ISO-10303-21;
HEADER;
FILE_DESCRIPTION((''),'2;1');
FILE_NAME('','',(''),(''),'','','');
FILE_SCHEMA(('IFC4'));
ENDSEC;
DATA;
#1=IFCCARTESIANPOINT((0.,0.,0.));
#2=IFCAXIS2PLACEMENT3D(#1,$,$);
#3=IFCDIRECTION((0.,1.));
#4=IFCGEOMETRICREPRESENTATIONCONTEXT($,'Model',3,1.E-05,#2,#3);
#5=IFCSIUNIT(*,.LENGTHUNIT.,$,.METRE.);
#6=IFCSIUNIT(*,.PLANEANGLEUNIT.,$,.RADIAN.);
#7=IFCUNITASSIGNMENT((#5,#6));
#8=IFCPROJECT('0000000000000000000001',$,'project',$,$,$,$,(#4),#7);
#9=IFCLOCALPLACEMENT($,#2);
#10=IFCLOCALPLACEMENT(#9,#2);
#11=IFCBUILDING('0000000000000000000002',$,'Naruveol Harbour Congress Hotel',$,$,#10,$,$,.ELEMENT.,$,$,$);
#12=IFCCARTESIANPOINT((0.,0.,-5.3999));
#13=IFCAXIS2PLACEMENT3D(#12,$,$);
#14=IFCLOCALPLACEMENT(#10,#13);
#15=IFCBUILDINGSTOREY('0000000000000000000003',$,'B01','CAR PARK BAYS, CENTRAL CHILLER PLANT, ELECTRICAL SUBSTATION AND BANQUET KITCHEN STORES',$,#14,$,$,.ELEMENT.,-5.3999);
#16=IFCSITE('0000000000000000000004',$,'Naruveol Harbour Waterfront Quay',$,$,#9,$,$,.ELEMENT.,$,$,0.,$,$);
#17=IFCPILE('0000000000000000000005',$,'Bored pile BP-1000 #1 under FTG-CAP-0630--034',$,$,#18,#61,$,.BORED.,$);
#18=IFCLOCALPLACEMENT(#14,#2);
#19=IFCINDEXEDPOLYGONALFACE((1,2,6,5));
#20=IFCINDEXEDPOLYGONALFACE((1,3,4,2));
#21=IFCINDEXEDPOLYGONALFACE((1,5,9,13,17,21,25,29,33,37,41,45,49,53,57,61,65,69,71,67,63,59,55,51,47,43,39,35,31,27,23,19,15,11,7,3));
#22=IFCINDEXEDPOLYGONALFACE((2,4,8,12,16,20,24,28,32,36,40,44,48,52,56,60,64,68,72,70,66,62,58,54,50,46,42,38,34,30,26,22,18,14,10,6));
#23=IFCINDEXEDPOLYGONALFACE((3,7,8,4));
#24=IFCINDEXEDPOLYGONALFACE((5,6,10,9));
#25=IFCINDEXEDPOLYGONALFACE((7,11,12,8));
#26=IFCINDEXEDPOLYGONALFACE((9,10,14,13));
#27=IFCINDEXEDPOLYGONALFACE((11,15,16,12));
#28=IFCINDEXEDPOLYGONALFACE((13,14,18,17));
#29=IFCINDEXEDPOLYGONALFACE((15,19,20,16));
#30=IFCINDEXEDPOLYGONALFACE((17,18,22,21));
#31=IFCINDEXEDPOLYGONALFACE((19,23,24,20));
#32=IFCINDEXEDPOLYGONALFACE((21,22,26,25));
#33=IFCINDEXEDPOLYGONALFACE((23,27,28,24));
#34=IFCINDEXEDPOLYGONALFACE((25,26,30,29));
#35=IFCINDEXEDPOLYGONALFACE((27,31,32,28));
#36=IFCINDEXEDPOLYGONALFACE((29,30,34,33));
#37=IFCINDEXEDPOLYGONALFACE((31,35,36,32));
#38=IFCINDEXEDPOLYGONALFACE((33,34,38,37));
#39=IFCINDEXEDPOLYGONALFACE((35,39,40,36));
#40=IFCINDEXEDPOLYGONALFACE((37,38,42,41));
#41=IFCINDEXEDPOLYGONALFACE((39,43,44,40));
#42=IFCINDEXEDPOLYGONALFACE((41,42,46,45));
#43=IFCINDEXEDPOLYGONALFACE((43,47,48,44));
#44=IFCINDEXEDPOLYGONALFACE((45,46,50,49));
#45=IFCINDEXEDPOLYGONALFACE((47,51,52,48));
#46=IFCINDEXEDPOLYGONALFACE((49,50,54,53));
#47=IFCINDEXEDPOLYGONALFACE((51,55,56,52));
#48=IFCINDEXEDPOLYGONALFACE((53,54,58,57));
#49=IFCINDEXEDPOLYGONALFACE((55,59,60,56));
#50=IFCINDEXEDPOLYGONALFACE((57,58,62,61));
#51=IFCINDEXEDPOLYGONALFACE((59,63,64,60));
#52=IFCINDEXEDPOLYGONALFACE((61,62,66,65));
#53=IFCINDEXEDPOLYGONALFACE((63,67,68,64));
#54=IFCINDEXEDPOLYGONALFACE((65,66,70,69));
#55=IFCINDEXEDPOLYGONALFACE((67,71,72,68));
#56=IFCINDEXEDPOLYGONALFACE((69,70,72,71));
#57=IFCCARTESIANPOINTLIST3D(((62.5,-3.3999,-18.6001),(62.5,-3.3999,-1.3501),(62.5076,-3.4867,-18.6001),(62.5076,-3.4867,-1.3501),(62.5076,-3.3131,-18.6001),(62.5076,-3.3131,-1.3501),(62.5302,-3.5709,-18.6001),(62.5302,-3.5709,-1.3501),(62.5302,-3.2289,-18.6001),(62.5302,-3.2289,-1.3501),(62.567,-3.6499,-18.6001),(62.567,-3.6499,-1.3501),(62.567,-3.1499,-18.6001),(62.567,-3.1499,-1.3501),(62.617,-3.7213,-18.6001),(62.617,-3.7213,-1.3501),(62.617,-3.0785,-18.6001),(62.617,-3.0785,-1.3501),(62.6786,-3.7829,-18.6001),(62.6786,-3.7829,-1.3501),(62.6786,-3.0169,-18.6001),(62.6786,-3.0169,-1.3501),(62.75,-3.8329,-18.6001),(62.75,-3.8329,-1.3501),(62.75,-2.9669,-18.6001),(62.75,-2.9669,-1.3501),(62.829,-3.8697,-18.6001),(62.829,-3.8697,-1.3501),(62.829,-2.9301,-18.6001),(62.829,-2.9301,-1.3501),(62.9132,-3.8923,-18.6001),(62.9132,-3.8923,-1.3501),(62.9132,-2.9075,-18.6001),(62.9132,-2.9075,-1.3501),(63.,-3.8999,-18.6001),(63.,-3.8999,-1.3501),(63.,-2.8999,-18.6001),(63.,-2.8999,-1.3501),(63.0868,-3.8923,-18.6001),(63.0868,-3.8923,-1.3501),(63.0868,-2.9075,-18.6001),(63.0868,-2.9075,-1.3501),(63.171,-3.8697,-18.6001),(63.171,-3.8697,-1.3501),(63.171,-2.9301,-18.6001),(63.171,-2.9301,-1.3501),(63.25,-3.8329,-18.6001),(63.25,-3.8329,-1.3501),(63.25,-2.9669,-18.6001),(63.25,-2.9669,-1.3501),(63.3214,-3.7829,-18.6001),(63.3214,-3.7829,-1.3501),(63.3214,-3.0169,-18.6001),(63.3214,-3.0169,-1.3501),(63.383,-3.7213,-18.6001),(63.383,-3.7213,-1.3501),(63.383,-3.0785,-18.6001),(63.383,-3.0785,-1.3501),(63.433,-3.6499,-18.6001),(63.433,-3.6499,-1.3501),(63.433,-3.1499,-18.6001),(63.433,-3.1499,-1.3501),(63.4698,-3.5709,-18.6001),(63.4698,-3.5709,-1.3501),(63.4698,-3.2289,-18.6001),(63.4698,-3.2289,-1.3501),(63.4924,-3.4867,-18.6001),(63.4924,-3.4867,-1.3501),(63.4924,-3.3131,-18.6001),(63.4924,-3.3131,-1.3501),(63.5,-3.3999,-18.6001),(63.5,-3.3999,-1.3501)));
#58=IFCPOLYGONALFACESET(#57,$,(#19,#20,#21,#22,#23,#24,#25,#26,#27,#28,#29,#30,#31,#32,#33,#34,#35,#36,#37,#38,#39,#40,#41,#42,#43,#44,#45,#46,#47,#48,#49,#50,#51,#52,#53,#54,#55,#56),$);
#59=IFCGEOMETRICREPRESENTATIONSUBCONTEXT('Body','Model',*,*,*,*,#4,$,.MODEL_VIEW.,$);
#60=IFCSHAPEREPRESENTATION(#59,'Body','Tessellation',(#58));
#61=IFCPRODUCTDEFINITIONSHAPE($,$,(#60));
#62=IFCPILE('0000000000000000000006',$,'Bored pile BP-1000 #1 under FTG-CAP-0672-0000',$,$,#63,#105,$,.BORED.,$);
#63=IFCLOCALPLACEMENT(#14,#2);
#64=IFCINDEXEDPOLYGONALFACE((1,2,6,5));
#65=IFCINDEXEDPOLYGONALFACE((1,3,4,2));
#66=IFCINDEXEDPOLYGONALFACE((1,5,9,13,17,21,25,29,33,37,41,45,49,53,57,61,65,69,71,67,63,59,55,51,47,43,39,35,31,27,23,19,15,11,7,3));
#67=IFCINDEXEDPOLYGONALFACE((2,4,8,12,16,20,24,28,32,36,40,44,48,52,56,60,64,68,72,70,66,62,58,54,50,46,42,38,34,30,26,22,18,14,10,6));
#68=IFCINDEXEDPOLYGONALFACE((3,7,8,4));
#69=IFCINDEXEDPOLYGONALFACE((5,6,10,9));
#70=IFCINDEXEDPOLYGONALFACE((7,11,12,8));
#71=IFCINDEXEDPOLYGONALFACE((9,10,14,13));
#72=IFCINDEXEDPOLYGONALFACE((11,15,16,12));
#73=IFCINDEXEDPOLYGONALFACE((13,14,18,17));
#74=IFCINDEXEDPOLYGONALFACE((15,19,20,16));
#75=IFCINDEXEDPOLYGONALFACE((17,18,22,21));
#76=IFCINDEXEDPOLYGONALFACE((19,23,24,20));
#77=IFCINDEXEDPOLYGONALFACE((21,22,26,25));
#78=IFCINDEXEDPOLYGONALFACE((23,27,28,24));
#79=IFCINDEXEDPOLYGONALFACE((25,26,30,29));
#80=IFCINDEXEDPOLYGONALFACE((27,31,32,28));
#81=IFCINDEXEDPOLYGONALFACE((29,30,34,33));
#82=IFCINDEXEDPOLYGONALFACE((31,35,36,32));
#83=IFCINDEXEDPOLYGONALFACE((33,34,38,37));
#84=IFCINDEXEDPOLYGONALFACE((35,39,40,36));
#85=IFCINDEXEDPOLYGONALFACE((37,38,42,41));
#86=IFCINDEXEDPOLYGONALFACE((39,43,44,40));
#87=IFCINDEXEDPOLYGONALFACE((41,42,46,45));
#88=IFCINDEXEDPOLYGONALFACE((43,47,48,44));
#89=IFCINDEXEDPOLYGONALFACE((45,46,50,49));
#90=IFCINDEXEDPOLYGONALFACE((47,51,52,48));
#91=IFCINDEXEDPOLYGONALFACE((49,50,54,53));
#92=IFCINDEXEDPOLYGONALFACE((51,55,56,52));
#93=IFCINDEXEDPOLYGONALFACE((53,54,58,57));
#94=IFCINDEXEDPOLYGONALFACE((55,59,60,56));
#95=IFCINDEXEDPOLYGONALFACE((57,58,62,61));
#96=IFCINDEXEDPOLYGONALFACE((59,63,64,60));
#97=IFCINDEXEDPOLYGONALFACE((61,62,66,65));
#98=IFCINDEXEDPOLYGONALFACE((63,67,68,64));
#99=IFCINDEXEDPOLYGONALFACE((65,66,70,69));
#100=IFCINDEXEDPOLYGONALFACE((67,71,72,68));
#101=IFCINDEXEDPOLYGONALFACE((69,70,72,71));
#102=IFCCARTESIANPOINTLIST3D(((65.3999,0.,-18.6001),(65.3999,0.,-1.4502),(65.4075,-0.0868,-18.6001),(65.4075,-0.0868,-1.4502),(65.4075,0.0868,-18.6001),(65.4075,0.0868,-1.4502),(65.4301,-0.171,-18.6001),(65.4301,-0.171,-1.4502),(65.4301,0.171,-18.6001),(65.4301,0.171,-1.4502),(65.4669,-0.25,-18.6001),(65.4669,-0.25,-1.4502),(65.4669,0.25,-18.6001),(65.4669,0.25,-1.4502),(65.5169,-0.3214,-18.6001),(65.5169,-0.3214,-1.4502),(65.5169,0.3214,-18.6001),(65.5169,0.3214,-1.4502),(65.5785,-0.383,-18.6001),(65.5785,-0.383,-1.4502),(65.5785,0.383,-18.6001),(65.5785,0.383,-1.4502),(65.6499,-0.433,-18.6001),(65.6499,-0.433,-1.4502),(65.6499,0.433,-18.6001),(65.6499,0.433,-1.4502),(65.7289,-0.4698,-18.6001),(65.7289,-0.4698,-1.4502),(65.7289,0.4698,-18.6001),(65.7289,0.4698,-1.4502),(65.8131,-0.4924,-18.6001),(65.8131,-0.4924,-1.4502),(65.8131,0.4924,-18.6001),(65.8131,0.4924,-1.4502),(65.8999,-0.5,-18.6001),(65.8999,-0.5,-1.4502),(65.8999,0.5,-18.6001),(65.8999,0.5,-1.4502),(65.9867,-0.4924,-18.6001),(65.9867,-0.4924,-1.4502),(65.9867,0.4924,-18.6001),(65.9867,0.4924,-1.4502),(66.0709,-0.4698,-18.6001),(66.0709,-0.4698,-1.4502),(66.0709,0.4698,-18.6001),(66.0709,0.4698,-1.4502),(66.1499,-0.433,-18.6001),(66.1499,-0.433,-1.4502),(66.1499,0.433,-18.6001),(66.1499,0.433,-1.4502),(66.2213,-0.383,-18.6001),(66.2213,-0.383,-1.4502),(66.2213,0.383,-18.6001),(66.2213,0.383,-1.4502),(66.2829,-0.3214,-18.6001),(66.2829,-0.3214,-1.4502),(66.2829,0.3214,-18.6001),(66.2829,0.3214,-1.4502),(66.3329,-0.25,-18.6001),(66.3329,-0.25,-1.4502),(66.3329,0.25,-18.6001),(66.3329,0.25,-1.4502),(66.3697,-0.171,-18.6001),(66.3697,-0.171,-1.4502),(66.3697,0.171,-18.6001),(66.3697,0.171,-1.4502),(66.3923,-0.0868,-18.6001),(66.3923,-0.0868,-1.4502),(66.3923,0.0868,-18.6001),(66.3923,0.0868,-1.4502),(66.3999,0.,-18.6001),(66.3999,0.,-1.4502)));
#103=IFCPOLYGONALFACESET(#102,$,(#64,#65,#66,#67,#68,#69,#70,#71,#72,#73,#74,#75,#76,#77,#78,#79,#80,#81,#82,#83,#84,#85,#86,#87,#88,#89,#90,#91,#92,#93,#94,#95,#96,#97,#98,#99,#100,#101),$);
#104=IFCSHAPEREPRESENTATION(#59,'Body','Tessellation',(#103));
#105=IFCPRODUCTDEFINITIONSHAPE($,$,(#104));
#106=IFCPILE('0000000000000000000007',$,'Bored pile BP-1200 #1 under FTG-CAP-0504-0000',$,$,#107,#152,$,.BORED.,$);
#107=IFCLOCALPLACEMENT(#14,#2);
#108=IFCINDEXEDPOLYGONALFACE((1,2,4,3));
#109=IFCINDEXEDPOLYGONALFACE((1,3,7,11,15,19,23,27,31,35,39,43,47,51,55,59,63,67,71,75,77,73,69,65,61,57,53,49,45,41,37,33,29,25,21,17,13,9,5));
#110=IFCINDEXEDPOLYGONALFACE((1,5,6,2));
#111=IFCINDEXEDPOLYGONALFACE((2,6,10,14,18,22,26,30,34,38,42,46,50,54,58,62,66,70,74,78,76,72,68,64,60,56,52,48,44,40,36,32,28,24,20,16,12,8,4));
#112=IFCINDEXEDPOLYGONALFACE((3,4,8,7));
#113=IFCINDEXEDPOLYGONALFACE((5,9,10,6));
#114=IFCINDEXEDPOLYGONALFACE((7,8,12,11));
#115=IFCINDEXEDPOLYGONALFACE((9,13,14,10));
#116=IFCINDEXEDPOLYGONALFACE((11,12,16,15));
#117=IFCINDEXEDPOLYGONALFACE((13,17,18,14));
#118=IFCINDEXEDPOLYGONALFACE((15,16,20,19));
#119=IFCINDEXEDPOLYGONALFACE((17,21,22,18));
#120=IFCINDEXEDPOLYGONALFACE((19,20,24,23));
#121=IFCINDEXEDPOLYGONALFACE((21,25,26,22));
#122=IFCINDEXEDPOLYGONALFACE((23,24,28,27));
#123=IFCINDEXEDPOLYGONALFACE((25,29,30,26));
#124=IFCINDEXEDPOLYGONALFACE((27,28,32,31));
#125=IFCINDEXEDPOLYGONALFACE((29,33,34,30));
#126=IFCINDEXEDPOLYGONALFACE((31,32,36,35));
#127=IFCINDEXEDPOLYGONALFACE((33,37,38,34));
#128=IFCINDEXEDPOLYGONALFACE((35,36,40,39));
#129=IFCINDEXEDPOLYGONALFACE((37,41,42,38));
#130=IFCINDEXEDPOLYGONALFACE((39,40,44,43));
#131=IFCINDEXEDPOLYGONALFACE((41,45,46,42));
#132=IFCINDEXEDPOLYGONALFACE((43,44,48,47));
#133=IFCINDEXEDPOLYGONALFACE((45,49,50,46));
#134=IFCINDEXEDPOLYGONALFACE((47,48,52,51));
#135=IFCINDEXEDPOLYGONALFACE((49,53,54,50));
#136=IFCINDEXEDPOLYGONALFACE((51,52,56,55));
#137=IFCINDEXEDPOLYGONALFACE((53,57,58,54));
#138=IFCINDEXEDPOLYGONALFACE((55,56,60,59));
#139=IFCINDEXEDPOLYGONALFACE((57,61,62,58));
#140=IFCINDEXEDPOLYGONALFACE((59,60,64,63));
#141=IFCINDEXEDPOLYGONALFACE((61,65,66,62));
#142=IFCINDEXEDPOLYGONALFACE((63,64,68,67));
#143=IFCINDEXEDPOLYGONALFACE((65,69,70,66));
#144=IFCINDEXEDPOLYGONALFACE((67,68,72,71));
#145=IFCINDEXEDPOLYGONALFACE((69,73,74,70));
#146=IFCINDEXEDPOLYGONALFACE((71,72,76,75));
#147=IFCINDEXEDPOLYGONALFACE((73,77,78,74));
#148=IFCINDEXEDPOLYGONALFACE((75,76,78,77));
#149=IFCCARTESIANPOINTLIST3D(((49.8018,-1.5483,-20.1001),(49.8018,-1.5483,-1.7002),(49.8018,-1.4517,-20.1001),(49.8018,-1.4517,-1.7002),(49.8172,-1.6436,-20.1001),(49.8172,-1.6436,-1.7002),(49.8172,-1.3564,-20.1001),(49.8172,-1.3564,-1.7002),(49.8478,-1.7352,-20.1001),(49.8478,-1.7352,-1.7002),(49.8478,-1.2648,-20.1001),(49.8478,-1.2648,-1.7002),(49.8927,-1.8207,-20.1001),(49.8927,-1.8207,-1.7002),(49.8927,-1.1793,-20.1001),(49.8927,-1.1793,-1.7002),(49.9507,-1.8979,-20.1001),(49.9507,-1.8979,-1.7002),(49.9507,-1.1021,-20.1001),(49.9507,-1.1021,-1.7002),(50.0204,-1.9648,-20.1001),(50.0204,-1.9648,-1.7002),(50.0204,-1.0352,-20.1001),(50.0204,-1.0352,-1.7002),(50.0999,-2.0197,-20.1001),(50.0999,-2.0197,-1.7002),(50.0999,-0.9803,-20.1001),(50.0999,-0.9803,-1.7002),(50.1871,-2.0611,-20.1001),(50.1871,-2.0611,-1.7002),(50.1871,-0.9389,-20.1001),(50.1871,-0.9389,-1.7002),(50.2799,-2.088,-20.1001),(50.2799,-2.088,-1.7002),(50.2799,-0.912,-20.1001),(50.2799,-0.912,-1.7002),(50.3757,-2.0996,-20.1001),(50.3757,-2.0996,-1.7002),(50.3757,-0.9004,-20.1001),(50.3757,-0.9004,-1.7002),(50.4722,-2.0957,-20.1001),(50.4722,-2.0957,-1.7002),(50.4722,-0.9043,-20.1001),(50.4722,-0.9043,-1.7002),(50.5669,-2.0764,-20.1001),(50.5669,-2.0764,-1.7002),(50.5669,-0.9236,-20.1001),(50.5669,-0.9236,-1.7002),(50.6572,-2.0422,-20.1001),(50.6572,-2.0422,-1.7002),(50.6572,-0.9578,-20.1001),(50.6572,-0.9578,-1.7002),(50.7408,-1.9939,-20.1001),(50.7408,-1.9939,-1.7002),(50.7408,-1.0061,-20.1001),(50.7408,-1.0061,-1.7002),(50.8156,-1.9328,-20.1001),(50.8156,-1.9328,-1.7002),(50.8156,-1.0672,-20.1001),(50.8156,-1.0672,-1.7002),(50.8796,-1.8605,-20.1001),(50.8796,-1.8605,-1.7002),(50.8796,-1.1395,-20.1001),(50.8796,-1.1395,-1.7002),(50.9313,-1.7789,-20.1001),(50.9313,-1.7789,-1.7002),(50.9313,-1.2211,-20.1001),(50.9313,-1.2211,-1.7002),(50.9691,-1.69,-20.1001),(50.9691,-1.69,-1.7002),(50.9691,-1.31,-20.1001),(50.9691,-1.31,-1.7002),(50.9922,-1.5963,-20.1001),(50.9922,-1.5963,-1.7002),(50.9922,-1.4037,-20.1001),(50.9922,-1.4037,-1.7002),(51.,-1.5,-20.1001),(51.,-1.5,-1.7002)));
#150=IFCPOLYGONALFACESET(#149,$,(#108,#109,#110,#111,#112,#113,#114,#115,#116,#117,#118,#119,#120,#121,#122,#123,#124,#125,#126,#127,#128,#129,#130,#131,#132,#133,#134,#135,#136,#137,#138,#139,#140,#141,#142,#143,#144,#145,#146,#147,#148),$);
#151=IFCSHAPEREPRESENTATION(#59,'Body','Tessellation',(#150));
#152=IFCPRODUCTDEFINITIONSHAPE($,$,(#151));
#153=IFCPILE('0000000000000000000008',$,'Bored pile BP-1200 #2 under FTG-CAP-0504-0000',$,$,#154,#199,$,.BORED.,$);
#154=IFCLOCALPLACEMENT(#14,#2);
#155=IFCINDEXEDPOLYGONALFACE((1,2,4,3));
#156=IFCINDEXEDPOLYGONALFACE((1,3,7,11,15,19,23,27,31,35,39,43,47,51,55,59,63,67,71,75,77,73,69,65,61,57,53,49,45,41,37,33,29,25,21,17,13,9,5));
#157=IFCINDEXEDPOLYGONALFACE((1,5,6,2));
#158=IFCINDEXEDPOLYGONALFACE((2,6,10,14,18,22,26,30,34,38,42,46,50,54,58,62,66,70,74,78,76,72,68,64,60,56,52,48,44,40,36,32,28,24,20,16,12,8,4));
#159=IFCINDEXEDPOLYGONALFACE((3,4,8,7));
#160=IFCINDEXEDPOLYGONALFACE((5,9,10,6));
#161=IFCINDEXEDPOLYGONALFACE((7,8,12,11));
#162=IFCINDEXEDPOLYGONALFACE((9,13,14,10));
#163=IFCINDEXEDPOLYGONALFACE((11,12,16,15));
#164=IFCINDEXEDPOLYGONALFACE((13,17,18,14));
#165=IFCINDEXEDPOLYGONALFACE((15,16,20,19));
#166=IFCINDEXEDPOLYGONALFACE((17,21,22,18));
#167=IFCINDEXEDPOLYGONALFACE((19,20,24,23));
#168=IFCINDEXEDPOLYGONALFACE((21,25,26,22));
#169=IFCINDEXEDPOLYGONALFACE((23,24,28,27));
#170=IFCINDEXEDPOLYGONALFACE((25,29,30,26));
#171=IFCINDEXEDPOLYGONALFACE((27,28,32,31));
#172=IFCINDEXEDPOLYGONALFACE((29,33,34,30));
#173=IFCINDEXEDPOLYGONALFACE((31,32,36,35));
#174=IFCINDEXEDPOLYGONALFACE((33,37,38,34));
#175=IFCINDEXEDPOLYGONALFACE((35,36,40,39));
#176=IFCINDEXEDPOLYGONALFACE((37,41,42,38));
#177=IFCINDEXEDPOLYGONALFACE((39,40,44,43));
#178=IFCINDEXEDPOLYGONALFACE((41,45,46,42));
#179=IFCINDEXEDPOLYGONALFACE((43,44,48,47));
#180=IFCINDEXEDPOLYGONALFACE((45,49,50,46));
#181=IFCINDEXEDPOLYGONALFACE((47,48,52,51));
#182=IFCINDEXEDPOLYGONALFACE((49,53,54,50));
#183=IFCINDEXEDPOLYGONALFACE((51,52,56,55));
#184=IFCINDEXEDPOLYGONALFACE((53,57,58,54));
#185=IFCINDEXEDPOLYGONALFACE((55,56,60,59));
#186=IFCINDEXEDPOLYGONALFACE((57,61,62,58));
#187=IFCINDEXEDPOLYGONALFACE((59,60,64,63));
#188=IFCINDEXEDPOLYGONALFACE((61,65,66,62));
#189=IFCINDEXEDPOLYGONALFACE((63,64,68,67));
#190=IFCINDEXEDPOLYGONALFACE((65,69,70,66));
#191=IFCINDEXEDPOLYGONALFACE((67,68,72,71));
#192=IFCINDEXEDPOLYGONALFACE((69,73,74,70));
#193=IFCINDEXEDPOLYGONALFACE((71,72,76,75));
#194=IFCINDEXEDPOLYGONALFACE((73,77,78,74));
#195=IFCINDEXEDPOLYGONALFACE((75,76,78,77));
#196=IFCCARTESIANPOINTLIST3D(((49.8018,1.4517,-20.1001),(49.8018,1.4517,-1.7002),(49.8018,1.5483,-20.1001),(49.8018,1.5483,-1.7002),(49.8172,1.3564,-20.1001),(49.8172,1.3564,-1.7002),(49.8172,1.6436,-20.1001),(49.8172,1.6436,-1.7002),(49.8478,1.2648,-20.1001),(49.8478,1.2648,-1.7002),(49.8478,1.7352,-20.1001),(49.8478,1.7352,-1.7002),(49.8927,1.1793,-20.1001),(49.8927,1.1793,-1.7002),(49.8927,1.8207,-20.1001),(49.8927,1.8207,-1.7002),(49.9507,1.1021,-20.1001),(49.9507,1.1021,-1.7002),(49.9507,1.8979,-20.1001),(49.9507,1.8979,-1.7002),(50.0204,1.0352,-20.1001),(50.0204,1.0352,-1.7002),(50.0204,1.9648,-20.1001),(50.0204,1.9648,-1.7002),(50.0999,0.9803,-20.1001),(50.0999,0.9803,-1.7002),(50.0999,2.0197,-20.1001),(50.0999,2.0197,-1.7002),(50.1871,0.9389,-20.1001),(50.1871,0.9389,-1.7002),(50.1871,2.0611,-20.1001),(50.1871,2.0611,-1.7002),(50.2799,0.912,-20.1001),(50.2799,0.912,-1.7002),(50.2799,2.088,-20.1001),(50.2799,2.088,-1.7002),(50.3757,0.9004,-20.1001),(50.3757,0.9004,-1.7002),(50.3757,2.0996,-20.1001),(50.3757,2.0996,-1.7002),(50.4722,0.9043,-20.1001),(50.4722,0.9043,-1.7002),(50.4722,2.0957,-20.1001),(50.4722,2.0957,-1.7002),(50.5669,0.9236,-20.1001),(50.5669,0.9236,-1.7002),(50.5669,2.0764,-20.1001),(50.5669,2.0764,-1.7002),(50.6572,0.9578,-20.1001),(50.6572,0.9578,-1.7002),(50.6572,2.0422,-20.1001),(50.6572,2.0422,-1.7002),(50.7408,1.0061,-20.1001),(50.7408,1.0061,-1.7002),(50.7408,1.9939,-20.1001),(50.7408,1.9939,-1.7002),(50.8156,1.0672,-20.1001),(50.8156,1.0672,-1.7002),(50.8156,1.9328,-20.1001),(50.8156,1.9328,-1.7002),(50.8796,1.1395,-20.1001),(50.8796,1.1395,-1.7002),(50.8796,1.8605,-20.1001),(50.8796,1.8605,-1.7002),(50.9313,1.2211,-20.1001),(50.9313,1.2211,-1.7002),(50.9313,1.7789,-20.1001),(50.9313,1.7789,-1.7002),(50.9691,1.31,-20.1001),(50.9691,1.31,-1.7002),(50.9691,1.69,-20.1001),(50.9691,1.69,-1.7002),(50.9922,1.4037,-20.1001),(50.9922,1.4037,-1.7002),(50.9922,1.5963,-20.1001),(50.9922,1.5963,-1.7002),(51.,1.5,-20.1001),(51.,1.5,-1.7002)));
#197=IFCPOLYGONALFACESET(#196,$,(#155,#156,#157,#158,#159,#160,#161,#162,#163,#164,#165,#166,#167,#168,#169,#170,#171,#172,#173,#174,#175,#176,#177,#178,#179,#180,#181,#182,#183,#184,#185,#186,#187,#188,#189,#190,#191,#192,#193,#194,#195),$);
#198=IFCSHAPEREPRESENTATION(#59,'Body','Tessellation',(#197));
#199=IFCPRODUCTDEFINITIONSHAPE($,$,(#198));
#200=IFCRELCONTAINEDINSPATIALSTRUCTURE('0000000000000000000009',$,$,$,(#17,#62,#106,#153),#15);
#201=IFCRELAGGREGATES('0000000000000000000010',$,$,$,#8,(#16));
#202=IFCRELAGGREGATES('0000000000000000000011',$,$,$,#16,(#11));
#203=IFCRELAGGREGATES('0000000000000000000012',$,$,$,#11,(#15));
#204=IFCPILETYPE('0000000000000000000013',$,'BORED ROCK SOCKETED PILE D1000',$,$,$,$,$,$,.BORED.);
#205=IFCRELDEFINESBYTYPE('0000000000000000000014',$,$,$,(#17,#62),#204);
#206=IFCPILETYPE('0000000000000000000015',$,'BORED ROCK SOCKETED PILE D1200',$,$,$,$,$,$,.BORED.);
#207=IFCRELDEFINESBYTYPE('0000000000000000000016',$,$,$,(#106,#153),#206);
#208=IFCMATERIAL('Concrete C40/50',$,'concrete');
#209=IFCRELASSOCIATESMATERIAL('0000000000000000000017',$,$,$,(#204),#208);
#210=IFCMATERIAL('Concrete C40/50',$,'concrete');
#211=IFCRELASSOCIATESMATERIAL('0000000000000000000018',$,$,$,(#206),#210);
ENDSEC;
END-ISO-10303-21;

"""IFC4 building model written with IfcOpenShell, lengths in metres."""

from ifc_helpers import new_model, si_unit, direction, frame, origin, origin_2d, place, context, subcontext, project, spatial, circle, extrude, material, material_profile, profile_set, type_object, element, save


model = new_model("IFC4")

# Units and contexts
model_context = context("Model", 3, precision=1e-05, world=origin(), true_north=direction((0.0, 1.0)))
body_context = subcontext(model_context, "Body", "Model", "MODEL_VIEW")
ifc_project = project(units=[si_unit("LENGTHUNIT", "METRE"), si_unit("PLANEANGLEUNIT", "RADIAN")], contexts=[model_context])

# Site, building, storey
site_placement = place(None, origin())
site = spatial("IfcSite", under=ifc_project, at=site_placement, Name="Naruveol Harbour Waterfront Quay", CompositionType="ELEMENT", RefElevation=0.0)
building_placement = place(site_placement, origin())
building = spatial("IfcBuilding", under=site, at=building_placement, Name="Naruveol Harbour Congress Hotel", CompositionType="ELEMENT")
storey_placement = place(building_placement, frame((0.0, 0.0, -5.3999)))
storey = spatial("IfcBuildingStorey", under=building, at=storey_placement, Name="B01", Description="CAR PARK BAYS, CENTRAL CHILLER PLANT, ELECTRICAL SUBSTATION AND BANQUET KITCHEN STORES", CompositionType="ELEMENT", Elevation=-5.3999)

# Piles
ifc_material_1 = material(Name="Concrete C40/50", Category="concrete")
ifc_material_profile_1 = material_profile(ifc_material_1, circle(Radius=0.5, at=origin_2d()), Name="BP-1000")
ifc_profile_set_1 = profile_set([ifc_material_profile_1], Name="Concrete C40/50")
pile_type_1 = type_object("IfcPileType", Name="BORED ROCK SOCKETED PILE D1000", PredefinedType="BORED", material=ifc_profile_set_1)
pile_1_placement = place(storey_placement, frame((63.0, -3.3999, -1.3501), z_axis=(0.0, 0.0, -1.0), x_axis=(1.0, 0.0, 0.0)))
element("IfcPile", 1, at=pile_1_placement, inside=storey, type_object=pile_type_1, Name="Bored pile BP-1000 #1 under FTG-CAP-0630--034", PredefinedType="BORED", context=body_context, shape_type="SweptSolid", body=[
    extrude(circle(Radius=0.5, at=origin_2d()), origin(), (0.0, 0.0, 1.0), 17.25),
])
pile_2_placement = place(storey_placement, frame((65.8999, 0.0, -1.4502), z_axis=(0.0, 0.0, -1.0), x_axis=(1.0, 0.0, 0.0)))
element("IfcPile", 2, at=pile_2_placement, inside=storey, type_object=pile_type_1, Name="Bored pile BP-1000 #1 under FTG-CAP-0672-0000", PredefinedType="BORED", context=body_context, shape_type="SweptSolid", body=[
    extrude(circle(Radius=0.5, at=origin_2d()), origin(), (0.0, 0.0, 1.0), 17.1499),
])
ifc_material_2 = material(Name="Concrete C40/50", Category="concrete")
ifc_material_profile_2 = material_profile(ifc_material_2, circle(Radius=0.6001, at=origin_2d()), Name="BP-1200")
ifc_profile_set_2 = profile_set([ifc_material_profile_2], Name="Concrete C40/50")
pile_type_2 = type_object("IfcPileType", Name="BORED ROCK SOCKETED PILE D1200", PredefinedType="BORED", material=ifc_profile_set_2)
for number, where, z_axis, x_axis, name in (
    (3, (50.3999, -1.5, -1.7002), (0.0, 0.0, -1.0), (1.0, 0.0, 0.0), "Bored pile BP-1200 #1 under FTG-CAP-0504-0000"),
    (4, (50.3999, 1.5, -1.7002), (0.0, 0.0, -1.0), (1.0, 0.0, 0.0), "Bored pile BP-1200 #2 under FTG-CAP-0504-0000"),
):
    element("IfcPile", number, at=place(storey_placement, frame(where, z_axis=z_axis, x_axis=x_axis)), inside=storey, type_object=pile_type_2, Name=name, PredefinedType="BORED", context=body_context, shape_type="SweptSolid", body=[
        extrude(circle(Radius=0.6001, at=origin_2d()), origin(), (0.0, 0.0, 1.0), 18.3999),
    ])

save(model, "model.ifc")
